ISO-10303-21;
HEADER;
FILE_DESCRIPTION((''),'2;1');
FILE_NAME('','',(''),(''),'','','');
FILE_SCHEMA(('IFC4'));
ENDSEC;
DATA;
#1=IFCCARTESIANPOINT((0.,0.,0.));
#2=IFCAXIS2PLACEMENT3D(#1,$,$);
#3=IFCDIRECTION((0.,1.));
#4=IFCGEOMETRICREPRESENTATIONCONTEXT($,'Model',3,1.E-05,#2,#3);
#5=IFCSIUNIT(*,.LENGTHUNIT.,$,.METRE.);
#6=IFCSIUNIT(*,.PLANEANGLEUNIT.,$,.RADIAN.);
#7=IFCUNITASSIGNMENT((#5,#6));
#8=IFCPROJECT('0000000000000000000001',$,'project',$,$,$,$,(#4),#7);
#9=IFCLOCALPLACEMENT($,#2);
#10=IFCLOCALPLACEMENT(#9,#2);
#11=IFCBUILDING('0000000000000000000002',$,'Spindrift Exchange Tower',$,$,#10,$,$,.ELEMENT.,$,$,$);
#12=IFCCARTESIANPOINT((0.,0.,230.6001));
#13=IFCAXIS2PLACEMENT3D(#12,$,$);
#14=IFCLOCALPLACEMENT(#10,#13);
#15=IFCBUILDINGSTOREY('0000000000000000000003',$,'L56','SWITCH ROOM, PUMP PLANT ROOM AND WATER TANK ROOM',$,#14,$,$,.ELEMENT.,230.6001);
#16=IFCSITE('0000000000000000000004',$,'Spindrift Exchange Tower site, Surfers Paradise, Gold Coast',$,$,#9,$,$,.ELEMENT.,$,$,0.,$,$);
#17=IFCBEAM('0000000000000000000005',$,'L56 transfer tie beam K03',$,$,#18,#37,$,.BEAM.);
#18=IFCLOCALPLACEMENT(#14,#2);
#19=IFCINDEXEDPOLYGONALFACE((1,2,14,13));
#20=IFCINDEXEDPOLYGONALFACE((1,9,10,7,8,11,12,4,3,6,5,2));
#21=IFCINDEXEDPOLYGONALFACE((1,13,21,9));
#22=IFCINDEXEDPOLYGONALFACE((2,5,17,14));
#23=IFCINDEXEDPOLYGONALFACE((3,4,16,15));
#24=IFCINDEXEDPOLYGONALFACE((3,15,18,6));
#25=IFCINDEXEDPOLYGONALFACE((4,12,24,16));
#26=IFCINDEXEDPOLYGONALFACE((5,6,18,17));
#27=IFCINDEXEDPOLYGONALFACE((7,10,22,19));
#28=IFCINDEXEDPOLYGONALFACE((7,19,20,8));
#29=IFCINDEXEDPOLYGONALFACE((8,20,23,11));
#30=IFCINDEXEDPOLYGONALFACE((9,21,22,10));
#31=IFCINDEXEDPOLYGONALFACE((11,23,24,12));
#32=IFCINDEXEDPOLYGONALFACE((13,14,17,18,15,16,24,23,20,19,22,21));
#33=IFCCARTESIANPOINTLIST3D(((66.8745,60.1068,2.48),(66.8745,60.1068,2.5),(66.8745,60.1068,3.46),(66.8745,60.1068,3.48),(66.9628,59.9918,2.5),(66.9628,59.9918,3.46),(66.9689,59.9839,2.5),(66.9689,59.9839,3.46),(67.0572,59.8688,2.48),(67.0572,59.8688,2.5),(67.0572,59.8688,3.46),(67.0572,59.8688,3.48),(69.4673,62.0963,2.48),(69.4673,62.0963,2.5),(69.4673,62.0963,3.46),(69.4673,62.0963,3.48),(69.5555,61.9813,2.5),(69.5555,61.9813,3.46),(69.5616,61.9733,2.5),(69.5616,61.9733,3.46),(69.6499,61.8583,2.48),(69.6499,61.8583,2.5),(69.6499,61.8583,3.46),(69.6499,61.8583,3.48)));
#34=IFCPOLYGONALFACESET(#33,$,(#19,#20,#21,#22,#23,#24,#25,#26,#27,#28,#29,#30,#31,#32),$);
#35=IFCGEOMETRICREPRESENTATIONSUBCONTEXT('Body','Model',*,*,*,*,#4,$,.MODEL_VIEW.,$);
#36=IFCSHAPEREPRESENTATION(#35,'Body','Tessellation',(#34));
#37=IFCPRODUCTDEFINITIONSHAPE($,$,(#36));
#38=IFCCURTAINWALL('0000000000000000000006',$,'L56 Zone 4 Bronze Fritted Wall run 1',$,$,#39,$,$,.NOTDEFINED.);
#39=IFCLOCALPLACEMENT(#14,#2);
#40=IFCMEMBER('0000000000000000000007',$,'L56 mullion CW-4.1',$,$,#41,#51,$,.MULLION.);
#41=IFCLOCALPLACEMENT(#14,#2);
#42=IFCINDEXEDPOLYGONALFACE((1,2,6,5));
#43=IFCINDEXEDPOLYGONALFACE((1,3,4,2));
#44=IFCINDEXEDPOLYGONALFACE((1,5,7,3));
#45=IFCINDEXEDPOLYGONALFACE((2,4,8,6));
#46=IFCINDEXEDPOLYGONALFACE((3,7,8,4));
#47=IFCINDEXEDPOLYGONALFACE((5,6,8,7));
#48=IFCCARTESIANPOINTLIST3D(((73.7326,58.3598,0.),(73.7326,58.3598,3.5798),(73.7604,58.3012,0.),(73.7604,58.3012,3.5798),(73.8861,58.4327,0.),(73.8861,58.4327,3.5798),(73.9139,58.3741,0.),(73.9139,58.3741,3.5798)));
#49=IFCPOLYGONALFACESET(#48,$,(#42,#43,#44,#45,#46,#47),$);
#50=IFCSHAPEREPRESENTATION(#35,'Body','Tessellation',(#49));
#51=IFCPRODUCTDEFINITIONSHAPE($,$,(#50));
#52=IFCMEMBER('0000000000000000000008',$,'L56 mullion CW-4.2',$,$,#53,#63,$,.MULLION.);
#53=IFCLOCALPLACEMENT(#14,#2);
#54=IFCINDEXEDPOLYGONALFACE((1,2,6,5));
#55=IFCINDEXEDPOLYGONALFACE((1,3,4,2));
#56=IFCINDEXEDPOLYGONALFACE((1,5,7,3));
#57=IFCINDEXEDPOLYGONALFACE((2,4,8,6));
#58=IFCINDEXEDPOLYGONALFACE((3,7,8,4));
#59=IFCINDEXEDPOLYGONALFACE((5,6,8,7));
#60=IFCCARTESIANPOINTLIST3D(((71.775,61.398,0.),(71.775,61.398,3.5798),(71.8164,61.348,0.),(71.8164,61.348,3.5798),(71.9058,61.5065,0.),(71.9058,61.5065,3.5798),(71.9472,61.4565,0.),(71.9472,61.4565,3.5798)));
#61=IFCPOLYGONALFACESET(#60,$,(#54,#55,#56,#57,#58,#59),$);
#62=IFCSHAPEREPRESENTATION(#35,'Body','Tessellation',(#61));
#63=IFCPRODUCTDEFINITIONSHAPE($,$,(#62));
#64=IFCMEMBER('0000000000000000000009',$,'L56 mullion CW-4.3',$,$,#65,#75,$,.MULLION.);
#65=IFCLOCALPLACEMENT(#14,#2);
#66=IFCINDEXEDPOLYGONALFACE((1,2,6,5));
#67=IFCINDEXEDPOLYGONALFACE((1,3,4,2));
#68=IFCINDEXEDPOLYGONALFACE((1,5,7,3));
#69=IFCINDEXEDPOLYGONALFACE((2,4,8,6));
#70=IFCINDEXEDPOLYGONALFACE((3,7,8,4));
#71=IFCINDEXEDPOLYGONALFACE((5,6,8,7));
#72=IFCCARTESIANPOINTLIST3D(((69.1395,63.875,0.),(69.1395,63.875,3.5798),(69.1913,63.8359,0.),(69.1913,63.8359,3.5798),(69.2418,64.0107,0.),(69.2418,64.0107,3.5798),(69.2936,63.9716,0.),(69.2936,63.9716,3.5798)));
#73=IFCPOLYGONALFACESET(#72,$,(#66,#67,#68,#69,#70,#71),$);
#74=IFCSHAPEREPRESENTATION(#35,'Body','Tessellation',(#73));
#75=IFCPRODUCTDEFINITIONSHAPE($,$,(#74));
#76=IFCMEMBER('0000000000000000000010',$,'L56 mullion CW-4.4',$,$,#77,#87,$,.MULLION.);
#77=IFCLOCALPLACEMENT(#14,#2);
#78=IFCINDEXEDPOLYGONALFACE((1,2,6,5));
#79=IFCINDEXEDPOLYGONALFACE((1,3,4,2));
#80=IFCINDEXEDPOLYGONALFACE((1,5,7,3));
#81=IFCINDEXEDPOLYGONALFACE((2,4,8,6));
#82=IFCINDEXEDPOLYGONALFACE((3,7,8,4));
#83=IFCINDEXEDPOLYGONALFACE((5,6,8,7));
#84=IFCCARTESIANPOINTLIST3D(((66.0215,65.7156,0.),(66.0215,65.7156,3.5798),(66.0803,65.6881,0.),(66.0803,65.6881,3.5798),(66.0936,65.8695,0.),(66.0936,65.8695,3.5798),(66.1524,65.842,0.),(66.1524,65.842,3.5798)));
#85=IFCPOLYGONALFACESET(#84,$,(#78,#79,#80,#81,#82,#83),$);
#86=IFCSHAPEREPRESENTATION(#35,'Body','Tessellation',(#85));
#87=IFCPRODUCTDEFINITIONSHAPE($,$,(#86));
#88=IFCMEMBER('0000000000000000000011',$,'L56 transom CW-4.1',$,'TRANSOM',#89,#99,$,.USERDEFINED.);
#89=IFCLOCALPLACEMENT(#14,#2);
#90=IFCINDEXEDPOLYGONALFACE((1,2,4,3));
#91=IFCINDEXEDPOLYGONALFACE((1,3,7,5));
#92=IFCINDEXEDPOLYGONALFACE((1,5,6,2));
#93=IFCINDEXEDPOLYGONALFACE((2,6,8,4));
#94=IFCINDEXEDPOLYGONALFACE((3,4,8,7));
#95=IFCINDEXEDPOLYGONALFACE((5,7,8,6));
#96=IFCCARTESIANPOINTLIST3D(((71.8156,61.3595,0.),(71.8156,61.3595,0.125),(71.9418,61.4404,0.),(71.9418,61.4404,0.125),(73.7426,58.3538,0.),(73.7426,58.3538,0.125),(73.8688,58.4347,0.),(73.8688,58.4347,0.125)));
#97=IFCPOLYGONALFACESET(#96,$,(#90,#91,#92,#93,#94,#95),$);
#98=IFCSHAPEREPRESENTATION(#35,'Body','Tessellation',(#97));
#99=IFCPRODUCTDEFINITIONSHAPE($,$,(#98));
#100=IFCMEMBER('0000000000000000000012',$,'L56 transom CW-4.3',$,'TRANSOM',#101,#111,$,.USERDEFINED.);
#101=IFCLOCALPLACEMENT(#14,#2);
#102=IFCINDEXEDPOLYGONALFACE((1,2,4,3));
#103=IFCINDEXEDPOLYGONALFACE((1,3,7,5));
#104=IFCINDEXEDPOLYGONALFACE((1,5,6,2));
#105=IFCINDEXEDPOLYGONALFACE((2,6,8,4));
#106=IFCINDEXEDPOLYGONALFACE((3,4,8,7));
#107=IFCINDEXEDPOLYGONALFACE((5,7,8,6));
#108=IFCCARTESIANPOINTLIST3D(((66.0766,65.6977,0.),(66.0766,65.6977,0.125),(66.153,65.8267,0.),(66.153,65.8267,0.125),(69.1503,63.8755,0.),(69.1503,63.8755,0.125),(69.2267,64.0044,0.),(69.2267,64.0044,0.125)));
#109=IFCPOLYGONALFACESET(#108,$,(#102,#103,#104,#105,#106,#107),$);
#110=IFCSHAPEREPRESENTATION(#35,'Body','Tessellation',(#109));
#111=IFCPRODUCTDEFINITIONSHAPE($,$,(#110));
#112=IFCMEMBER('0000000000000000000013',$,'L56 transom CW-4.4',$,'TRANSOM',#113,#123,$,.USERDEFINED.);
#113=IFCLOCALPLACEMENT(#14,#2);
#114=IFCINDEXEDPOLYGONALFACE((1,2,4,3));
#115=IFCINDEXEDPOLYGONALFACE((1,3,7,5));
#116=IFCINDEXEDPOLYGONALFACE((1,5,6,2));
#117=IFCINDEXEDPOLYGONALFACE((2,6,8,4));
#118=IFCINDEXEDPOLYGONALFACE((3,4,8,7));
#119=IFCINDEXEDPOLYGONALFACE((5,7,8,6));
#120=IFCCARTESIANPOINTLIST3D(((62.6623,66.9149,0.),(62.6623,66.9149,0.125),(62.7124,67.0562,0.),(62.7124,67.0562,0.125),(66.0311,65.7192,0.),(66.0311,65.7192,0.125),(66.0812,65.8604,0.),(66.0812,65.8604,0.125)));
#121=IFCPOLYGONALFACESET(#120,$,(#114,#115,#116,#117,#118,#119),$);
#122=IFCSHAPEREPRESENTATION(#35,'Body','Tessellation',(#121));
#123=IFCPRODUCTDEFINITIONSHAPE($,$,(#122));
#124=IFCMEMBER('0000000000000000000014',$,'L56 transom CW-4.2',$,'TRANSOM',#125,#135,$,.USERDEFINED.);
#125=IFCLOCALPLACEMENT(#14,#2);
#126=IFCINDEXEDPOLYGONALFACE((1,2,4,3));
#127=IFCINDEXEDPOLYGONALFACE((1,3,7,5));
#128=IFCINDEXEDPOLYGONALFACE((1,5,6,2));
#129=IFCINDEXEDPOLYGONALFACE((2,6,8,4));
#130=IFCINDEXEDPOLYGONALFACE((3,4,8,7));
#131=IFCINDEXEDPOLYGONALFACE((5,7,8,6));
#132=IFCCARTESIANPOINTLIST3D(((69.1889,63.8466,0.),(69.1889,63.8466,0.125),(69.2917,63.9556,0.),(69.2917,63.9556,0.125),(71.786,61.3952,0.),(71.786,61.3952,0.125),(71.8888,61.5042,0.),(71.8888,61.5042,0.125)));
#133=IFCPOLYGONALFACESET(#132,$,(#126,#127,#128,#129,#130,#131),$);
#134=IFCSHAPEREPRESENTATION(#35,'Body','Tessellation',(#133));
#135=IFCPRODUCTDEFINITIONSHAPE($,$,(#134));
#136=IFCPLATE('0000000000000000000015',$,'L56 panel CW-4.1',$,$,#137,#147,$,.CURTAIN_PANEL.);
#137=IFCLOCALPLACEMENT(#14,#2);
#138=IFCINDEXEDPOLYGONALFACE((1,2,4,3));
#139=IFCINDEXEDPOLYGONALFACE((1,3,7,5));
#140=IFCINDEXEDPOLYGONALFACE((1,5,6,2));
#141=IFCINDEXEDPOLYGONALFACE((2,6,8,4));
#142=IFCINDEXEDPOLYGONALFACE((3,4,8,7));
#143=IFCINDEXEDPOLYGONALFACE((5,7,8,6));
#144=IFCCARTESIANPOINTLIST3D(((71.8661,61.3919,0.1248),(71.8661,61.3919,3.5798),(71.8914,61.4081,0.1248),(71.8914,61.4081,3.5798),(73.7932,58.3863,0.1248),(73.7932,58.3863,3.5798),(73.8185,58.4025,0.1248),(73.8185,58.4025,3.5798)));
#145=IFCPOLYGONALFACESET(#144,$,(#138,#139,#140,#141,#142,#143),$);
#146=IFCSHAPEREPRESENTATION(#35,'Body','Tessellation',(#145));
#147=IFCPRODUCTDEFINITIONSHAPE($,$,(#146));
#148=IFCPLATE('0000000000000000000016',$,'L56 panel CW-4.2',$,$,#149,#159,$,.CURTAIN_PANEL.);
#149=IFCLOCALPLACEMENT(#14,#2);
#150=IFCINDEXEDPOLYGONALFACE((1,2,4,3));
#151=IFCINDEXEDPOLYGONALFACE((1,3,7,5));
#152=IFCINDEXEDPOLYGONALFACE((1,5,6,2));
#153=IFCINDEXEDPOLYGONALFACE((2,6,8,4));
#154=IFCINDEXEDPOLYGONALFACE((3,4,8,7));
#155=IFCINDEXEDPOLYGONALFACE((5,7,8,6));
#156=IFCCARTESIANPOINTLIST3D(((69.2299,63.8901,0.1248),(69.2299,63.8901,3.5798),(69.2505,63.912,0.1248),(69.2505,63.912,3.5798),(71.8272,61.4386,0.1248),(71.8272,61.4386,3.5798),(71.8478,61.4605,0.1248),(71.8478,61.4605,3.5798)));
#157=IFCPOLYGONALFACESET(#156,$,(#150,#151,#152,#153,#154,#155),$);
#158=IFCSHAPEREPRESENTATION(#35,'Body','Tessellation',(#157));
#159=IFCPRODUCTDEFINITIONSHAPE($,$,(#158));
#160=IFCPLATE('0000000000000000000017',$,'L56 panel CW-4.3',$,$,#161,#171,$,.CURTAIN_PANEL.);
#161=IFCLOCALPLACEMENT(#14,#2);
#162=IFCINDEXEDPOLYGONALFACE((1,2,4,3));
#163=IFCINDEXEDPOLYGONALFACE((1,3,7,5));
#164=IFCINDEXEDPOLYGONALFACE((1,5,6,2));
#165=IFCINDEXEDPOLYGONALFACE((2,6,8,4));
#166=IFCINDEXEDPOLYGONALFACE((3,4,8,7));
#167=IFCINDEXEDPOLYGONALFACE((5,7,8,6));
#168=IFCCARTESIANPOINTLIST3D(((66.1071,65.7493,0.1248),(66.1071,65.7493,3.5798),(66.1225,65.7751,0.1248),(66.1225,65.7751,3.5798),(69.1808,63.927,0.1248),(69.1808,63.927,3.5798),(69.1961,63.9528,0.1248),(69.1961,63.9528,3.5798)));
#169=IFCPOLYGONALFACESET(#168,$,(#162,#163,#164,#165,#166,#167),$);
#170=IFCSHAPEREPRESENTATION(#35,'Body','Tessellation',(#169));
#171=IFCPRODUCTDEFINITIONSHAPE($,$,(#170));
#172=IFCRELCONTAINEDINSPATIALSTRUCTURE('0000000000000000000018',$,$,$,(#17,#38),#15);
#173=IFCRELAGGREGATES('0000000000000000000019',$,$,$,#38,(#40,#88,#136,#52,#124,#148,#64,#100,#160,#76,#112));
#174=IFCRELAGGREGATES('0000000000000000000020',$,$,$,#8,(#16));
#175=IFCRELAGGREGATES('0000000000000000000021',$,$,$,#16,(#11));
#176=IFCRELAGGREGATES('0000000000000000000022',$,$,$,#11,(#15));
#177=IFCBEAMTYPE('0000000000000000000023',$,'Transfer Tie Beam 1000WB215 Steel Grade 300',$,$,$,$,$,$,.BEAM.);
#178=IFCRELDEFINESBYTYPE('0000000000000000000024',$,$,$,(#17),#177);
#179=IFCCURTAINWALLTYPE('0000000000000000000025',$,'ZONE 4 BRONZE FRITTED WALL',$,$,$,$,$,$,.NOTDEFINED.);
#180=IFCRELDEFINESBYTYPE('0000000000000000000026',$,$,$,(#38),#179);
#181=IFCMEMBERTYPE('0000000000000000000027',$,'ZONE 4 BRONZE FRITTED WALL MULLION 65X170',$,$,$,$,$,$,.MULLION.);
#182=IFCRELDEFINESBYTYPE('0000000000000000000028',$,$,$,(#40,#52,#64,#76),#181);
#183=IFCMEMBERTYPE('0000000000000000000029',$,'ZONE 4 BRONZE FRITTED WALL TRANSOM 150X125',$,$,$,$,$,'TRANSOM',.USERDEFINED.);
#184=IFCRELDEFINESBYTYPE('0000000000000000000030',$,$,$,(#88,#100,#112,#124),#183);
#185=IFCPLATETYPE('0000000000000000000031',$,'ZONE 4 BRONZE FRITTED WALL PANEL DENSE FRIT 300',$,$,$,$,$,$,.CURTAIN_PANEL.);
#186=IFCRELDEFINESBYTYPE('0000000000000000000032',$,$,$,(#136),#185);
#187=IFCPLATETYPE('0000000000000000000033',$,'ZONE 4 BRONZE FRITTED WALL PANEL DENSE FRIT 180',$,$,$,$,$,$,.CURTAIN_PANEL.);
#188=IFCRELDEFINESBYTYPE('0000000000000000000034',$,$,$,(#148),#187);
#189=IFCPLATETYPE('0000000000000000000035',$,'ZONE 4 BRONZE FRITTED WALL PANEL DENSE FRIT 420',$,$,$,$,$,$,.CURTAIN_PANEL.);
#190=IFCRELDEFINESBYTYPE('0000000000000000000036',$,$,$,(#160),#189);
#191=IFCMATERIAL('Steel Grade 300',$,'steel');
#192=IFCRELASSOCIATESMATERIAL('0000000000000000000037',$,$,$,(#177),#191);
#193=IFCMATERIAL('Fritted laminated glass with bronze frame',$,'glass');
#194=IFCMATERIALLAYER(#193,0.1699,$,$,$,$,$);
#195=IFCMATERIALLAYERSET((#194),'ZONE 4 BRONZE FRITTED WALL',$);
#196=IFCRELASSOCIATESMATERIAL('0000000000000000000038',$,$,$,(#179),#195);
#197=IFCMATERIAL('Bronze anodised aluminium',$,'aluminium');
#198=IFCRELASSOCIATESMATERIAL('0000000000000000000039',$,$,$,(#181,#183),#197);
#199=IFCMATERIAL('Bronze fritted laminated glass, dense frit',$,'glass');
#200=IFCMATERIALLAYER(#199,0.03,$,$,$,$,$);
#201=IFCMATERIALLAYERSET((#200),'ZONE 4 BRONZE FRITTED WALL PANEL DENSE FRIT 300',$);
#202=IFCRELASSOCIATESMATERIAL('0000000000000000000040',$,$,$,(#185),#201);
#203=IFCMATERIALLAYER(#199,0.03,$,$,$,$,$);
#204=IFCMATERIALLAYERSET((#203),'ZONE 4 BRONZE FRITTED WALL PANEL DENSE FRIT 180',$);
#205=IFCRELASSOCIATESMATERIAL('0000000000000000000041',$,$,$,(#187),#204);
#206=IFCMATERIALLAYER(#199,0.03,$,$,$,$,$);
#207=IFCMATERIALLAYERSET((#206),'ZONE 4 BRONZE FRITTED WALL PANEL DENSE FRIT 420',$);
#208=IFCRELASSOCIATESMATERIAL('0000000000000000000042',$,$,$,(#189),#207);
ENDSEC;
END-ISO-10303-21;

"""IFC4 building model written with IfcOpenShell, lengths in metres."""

from ifc_helpers import new_model, si_unit, direction, frame, origin, origin_2d, place, context, subcontext, project, spatial, rectangle, i_section, extrude, source, transform, mapped, material, layer, layer_set, material_profile, profile_set, type_object, element, aggregate, save


model = new_model("IFC4")

# Units and contexts
model_context = context("Model", 3, precision=1e-05, world=origin(), true_north=direction((0.0, 1.0)))
body_context = subcontext(model_context, "Body", "Model", "MODEL_VIEW")
ifc_project = project(units=[si_unit("LENGTHUNIT", "METRE"), si_unit("PLANEANGLEUNIT", "RADIAN")], contexts=[model_context])

# Site, building, storey
site_placement = place(None, origin())
site = spatial("IfcSite", under=ifc_project, at=site_placement, Name="Spindrift Exchange Tower site, Surfers Paradise, Gold Coast", CompositionType="ELEMENT", RefElevation=0.0)
building_placement = place(site_placement, origin())
building = spatial("IfcBuilding", under=site, at=building_placement, Name="Spindrift Exchange Tower", CompositionType="ELEMENT")
storey_placement = place(building_placement, frame((0.0, 0.0, 230.6001)))
storey = spatial("IfcBuildingStorey", under=building, at=storey_placement, Name="L56", Description="SWITCH ROOM, PUMP PLANT ROOM AND WATER TANK ROOM", CompositionType="ELEMENT", Elevation=230.6001)

# Shared definitions
ifc_material_1 = material(Name="Steel Grade 300", Category="steel")

# Beam
ifc_material_profile_1 = material_profile(ifc_material_1, i_section(OverallWidth=0.3, OverallDepth=1.0, WebThickness=0.01, FlangeThickness=0.02, at=origin_2d()), Name="1000WB215")
ifc_profile_set_1 = profile_set([ifc_material_profile_1], Name="Steel Grade 300")
beam_type = type_object("IfcBeamType", Name="Transfer Tie Beam 1000WB215 Steel Grade 300", PredefinedType="BEAM", material=ifc_profile_set_1)
shared_shape_1 = source(origin(), body_context, "Body", "SweptSolid", [
    extrude(i_section(OverallWidth=0.3, OverallDepth=1.0, WebThickness=0.01, FlangeThickness=0.02, at=origin_2d()), origin(), (0.0, 0.0, 1.0), 3.2681),
])
beam_1_placement = place(storey_placement, frame((69.5586, 61.9773, 2.98), z_axis=(-0.793354, -0.608761, 0.0), x_axis=(0.608761, -0.793354, 0.0)))
element("IfcBeam", 1, at=beam_1_placement, inside=storey, type_object=beam_type, Name="L56 transfer tie beam K03", PredefinedType="BEAM", context=body_context, shape_type="MappedRepresentation", body=[
    mapped(shared_shape_1, transform((0.0, 0.0, 0.0), scale=1.0)),
])

# Curtain wall, members, plates
ifc_material_2 = material(Name="Fritted laminated glass with bronze frame", Category="glass")
ifc_layer_1 = layer(ifc_material_2, 0.1699)
ifc_layer_set_1 = layer_set([ifc_layer_1], Name="ZONE 4 BRONZE FRITTED WALL")
curtain_wall_type = type_object("IfcCurtainWallType", Name="ZONE 4 BRONZE FRITTED WALL", PredefinedType="NOTDEFINED", material=ifc_layer_set_1)
curtain_wall_placement = place(storey_placement, origin())
curtain_wall = element("IfcCurtainWall", 2, at=curtain_wall_placement, inside=storey, type_object=curtain_wall_type, Name="L56 Zone 4 Bronze Fritted Wall run 1", PredefinedType="NOTDEFINED")
ifc_material_3 = material(Name="Bronze anodised aluminium", Category="aluminium")
ifc_material_profile_2 = material_profile(ifc_material_3, rectangle(XDim=0.0649, YDim=0.1699, at=origin_2d()), Name="ZONE 4 BRONZE FRITTED WALL MULLION 65X170")
ifc_profile_set_2 = profile_set([ifc_material_profile_2], Name="Bronze anodised aluminium")
member_type_1 = type_object("IfcMemberType", Name="ZONE 4 BRONZE FRITTED WALL MULLION 65X170", PredefinedType="MULLION", material=ifc_profile_set_2)
shared_shape_2 = source(origin(), body_context, "Body", "SweptSolid", [
    extrude(rectangle(XDim=0.0649, YDim=0.1699, at=origin_2d()), origin(), (0.0, 0.0, 1.0), 3.5798),
])
member_1_placement = place(storey_placement, frame((73.8232, 58.3669, 0.0), z_axis=(0.0, 0.0, 1.0), x_axis=(-0.429097, 0.903259, 0.0)))
member_1 = element("IfcMember", 3, at=member_1_placement, type_object=member_type_1, Name="L56 mullion CW-4.1", PredefinedType="MULLION", context=body_context, shape_type="MappedRepresentation", body=[
    mapped(shared_shape_2, transform((0.0, 0.0, 0.0), scale=1.0)),
])
member_2_placement = place(storey_placement, frame((71.8611, 61.4272, 0.0), z_axis=(0.0, 0.0, 1.0), x_axis=(-0.638243, 0.769835, 0.0)))
member_2 = element("IfcMember", 4, at=member_2_placement, type_object=member_type_1, Name="L56 mullion CW-4.2", PredefinedType="MULLION", context=body_context, shape_type="MappedRepresentation", body=[
    mapped(shared_shape_2, transform((0.0, 0.0, 0.0), scale=1.0)),
])
member_3_placement = place(storey_placement, frame((69.2166, 63.9233, 0.0), z_axis=(0.0, 0.0, 1.0), x_axis=(-0.798591, 0.601874, 0.0)))
member_3 = element("IfcMember", 5, at=member_3_placement, type_object=member_type_1, Name="L56 mullion CW-4.3", PredefinedType="MULLION", context=body_context, shape_type="MappedRepresentation", body=[
    mapped(shared_shape_2, transform((0.0, 0.0, 0.0), scale=1.0)),
])
member_4_placement = place(storey_placement, frame((66.0869, 65.7788, 0.0), z_axis=(0.0, 0.0, 1.0), x_axis=(-0.905551, 0.424237, 0.0)))
member_4 = element("IfcMember", 6, at=member_4_placement, type_object=member_type_1, Name="L56 mullion CW-4.4", PredefinedType="MULLION", context=body_context, shape_type="MappedRepresentation", body=[
    mapped(shared_shape_2, transform((0.0, 0.0, 0.0), scale=1.0)),
])
ifc_material_profile_3 = material_profile(ifc_material_3, rectangle(XDim=0.1499, YDim=0.125, at=origin_2d()), Name="ZONE 4 BRONZE FRITTED WALL TRANSOM 150X125")
ifc_profile_set_3 = profile_set([ifc_material_profile_3], Name="Bronze anodised aluminium")
member_type_2 = type_object("IfcMemberType", Name="ZONE 4 BRONZE FRITTED WALL TRANSOM 150X125", ElementType="TRANSOM", PredefinedType="USERDEFINED", material=ifc_profile_set_3)
shared_shape_3 = source(origin(), body_context, "Body", "SweptSolid", [
    extrude(rectangle(XDim=0.1499, YDim=0.125, at=origin_2d()), origin(), (0.0, 0.0, 1.0), 3.5703),
])
member_5_placement = place(storey_placement, frame((73.8057, 58.3943, 0.0625), z_axis=(-0.539731, 0.841838, 0.0), x_axis=(-0.841838, -0.539731, 0.0)))
member_5 = element("IfcMember", 7, at=member_5_placement, type_object=member_type_2, Name="L56 transom CW-4.1", ObjectType="TRANSOM", PredefinedType="USERDEFINED", context=body_context, shape_type="MappedRepresentation", body=[
    mapped(shared_shape_3, transform((0.0, 0.0, 0.0), scale=1.0)),
])
shared_shape_4 = source(origin(), body_context, "Body", "SweptSolid", [
    extrude(rectangle(XDim=0.1499, YDim=0.125, at=origin_2d()), origin(), (0.0, 0.0, 1.0), 3.5732),
])
member_6_placement = place(storey_placement, frame((69.1885, 63.9399, 0.0625), z_axis=(-0.860194, 0.509967, 0.0), x_axis=(-0.509967, -0.860194, 0.0)))
member_6 = element("IfcMember", 8, at=member_6_placement, type_object=member_type_2, Name="L56 transom CW-4.3", ObjectType="TRANSOM", PredefinedType="USERDEFINED", context=body_context, shape_type="MappedRepresentation", body=[
    mapped(shared_shape_4, transform((0.0, 0.0, 0.0), scale=1.0)),
])
shared_shape_5 = source(origin(), body_context, "Body", "SweptSolid", [
    extrude(rectangle(XDim=0.1499, YDim=0.125, at=origin_2d()), origin(), (0.0, 0.0, 1.0), 3.5747),
])
member_7_placement = place(storey_placement, frame((66.0562, 65.7898, 0.0625), z_axis=(-0.942394, 0.334506, 0.0), x_axis=(-0.334506, -0.942394, 0.0)))
member_7 = element("IfcMember", 9, at=member_7_placement, type_object=member_type_2, Name="L56 transom CW-4.4", ObjectType="TRANSOM", PredefinedType="USERDEFINED", context=body_context, shape_type="MappedRepresentation", body=[
    mapped(shared_shape_5, transform((0.0, 0.0, 0.0), scale=1.0)),
])
shared_shape_6 = source(origin(), body_context, "Body", "SweptSolid", [
    extrude(rectangle(XDim=0.1499, YDim=0.125, at=origin_2d()), origin(), (0.0, 0.0, 1.0), 3.5713),
])
member_8_placement = place(storey_placement, frame((71.8374, 61.4497, 0.0625), z_axis=(-0.727218, 0.686407, 0.0), x_axis=(-0.686407, -0.727218, 0.0)))
member_8 = element("IfcMember", 10, at=member_8_placement, type_object=member_type_2, Name="L56 transom CW-4.2", ObjectType="TRANSOM", PredefinedType="USERDEFINED", context=body_context, shape_type="MappedRepresentation", body=[
    mapped(shared_shape_6, transform((0.0, 0.0, 0.0), scale=1.0)),
])
ifc_material_4 = material(Name="Bronze fritted laminated glass, dense frit", Category="glass")
ifc_layer_2 = layer(ifc_material_4, 0.03)
ifc_layer_set_2 = layer_set([ifc_layer_2], Name="ZONE 4 BRONZE FRITTED WALL PANEL DENSE FRIT 300")
plate_type_1 = type_object("IfcPlateType", Name="ZONE 4 BRONZE FRITTED WALL PANEL DENSE FRIT 300", PredefinedType="CURTAIN_PANEL", material=ifc_layer_set_2)
shared_shape_7 = source(origin(), body_context, "Body", "SweptSolid", [
    extrude(rectangle(XDim=3.5703, YDim=0.03, at=origin_2d()), origin(), (0.0, 0.0, 1.0), 3.4551),
])
plate_1_placement = place(storey_placement, frame((72.8423, 59.8972, 0.1248), z_axis=(0.0, 0.0, 1.0), x_axis=(-0.539757, 0.841821, 0.0)))
plate_1 = element("IfcPlate", 11, at=plate_1_placement, type_object=plate_type_1, Name="L56 panel CW-4.1", PredefinedType="CURTAIN_PANEL", context=body_context, shape_type="MappedRepresentation", body=[
    mapped(shared_shape_7, transform((0.0, 0.0, 0.0), scale=1.0)),
])
ifc_layer_3 = layer(ifc_material_4, 0.03)
ifc_layer_set_3 = layer_set([ifc_layer_3], Name="ZONE 4 BRONZE FRITTED WALL PANEL DENSE FRIT 180")
plate_type_2 = type_object("IfcPlateType", Name="ZONE 4 BRONZE FRITTED WALL PANEL DENSE FRIT 180", PredefinedType="CURTAIN_PANEL", material=ifc_layer_set_3)
shared_shape_8 = source(origin(), body_context, "Body", "SweptSolid", [
    extrude(rectangle(XDim=3.5715, YDim=0.03, at=origin_2d()), origin(), (0.0, 0.0, 1.0), 3.4551),
])
plate_2_placement = place(storey_placement, frame((70.5388, 62.6753, 0.1248), z_axis=(0.0, 0.0, 1.0), x_axis=(-0.727229, 0.686395, 0.0)))
plate_2 = element("IfcPlate", 12, at=plate_2_placement, type_object=plate_type_2, Name="L56 panel CW-4.2", PredefinedType="CURTAIN_PANEL", context=body_context, shape_type="MappedRepresentation", body=[
    mapped(shared_shape_8, transform((0.0, 0.0, 0.0), scale=1.0)),
])
ifc_layer_4 = layer(ifc_material_4, 0.03)
ifc_layer_set_4 = layer_set([ifc_layer_4], Name="ZONE 4 BRONZE FRITTED WALL PANEL DENSE FRIT 420")
plate_type_3 = type_object("IfcPlateType", Name="ZONE 4 BRONZE FRITTED WALL PANEL DENSE FRIT 420", PredefinedType="CURTAIN_PANEL", material=ifc_layer_set_4)
shared_shape_9 = source(origin(), body_context, "Body", "SweptSolid", [
    extrude(rectangle(XDim=3.5732, YDim=0.03, at=origin_2d()), origin(), (0.0, 0.0, 1.0), 3.4551),
])
plate_3_placement = place(storey_placement, frame((67.6516, 64.8511, 0.1248), z_axis=(0.0, 0.0, 1.0), x_axis=(-0.86018, 0.509991, 0.0)))
plate_3 = element("IfcPlate", 13, at=plate_3_placement, type_object=plate_type_3, Name="L56 panel CW-4.3", PredefinedType="CURTAIN_PANEL", context=body_context, shape_type="MappedRepresentation", body=[
    mapped(shared_shape_9, transform((0.0, 0.0, 0.0), scale=1.0)),
])
aggregate(curtain_wall, [member_1, member_5, plate_1, member_2, member_8, plate_2, member_3, member_6, plate_3, member_4, member_7])

save(model, "model.ifc")
